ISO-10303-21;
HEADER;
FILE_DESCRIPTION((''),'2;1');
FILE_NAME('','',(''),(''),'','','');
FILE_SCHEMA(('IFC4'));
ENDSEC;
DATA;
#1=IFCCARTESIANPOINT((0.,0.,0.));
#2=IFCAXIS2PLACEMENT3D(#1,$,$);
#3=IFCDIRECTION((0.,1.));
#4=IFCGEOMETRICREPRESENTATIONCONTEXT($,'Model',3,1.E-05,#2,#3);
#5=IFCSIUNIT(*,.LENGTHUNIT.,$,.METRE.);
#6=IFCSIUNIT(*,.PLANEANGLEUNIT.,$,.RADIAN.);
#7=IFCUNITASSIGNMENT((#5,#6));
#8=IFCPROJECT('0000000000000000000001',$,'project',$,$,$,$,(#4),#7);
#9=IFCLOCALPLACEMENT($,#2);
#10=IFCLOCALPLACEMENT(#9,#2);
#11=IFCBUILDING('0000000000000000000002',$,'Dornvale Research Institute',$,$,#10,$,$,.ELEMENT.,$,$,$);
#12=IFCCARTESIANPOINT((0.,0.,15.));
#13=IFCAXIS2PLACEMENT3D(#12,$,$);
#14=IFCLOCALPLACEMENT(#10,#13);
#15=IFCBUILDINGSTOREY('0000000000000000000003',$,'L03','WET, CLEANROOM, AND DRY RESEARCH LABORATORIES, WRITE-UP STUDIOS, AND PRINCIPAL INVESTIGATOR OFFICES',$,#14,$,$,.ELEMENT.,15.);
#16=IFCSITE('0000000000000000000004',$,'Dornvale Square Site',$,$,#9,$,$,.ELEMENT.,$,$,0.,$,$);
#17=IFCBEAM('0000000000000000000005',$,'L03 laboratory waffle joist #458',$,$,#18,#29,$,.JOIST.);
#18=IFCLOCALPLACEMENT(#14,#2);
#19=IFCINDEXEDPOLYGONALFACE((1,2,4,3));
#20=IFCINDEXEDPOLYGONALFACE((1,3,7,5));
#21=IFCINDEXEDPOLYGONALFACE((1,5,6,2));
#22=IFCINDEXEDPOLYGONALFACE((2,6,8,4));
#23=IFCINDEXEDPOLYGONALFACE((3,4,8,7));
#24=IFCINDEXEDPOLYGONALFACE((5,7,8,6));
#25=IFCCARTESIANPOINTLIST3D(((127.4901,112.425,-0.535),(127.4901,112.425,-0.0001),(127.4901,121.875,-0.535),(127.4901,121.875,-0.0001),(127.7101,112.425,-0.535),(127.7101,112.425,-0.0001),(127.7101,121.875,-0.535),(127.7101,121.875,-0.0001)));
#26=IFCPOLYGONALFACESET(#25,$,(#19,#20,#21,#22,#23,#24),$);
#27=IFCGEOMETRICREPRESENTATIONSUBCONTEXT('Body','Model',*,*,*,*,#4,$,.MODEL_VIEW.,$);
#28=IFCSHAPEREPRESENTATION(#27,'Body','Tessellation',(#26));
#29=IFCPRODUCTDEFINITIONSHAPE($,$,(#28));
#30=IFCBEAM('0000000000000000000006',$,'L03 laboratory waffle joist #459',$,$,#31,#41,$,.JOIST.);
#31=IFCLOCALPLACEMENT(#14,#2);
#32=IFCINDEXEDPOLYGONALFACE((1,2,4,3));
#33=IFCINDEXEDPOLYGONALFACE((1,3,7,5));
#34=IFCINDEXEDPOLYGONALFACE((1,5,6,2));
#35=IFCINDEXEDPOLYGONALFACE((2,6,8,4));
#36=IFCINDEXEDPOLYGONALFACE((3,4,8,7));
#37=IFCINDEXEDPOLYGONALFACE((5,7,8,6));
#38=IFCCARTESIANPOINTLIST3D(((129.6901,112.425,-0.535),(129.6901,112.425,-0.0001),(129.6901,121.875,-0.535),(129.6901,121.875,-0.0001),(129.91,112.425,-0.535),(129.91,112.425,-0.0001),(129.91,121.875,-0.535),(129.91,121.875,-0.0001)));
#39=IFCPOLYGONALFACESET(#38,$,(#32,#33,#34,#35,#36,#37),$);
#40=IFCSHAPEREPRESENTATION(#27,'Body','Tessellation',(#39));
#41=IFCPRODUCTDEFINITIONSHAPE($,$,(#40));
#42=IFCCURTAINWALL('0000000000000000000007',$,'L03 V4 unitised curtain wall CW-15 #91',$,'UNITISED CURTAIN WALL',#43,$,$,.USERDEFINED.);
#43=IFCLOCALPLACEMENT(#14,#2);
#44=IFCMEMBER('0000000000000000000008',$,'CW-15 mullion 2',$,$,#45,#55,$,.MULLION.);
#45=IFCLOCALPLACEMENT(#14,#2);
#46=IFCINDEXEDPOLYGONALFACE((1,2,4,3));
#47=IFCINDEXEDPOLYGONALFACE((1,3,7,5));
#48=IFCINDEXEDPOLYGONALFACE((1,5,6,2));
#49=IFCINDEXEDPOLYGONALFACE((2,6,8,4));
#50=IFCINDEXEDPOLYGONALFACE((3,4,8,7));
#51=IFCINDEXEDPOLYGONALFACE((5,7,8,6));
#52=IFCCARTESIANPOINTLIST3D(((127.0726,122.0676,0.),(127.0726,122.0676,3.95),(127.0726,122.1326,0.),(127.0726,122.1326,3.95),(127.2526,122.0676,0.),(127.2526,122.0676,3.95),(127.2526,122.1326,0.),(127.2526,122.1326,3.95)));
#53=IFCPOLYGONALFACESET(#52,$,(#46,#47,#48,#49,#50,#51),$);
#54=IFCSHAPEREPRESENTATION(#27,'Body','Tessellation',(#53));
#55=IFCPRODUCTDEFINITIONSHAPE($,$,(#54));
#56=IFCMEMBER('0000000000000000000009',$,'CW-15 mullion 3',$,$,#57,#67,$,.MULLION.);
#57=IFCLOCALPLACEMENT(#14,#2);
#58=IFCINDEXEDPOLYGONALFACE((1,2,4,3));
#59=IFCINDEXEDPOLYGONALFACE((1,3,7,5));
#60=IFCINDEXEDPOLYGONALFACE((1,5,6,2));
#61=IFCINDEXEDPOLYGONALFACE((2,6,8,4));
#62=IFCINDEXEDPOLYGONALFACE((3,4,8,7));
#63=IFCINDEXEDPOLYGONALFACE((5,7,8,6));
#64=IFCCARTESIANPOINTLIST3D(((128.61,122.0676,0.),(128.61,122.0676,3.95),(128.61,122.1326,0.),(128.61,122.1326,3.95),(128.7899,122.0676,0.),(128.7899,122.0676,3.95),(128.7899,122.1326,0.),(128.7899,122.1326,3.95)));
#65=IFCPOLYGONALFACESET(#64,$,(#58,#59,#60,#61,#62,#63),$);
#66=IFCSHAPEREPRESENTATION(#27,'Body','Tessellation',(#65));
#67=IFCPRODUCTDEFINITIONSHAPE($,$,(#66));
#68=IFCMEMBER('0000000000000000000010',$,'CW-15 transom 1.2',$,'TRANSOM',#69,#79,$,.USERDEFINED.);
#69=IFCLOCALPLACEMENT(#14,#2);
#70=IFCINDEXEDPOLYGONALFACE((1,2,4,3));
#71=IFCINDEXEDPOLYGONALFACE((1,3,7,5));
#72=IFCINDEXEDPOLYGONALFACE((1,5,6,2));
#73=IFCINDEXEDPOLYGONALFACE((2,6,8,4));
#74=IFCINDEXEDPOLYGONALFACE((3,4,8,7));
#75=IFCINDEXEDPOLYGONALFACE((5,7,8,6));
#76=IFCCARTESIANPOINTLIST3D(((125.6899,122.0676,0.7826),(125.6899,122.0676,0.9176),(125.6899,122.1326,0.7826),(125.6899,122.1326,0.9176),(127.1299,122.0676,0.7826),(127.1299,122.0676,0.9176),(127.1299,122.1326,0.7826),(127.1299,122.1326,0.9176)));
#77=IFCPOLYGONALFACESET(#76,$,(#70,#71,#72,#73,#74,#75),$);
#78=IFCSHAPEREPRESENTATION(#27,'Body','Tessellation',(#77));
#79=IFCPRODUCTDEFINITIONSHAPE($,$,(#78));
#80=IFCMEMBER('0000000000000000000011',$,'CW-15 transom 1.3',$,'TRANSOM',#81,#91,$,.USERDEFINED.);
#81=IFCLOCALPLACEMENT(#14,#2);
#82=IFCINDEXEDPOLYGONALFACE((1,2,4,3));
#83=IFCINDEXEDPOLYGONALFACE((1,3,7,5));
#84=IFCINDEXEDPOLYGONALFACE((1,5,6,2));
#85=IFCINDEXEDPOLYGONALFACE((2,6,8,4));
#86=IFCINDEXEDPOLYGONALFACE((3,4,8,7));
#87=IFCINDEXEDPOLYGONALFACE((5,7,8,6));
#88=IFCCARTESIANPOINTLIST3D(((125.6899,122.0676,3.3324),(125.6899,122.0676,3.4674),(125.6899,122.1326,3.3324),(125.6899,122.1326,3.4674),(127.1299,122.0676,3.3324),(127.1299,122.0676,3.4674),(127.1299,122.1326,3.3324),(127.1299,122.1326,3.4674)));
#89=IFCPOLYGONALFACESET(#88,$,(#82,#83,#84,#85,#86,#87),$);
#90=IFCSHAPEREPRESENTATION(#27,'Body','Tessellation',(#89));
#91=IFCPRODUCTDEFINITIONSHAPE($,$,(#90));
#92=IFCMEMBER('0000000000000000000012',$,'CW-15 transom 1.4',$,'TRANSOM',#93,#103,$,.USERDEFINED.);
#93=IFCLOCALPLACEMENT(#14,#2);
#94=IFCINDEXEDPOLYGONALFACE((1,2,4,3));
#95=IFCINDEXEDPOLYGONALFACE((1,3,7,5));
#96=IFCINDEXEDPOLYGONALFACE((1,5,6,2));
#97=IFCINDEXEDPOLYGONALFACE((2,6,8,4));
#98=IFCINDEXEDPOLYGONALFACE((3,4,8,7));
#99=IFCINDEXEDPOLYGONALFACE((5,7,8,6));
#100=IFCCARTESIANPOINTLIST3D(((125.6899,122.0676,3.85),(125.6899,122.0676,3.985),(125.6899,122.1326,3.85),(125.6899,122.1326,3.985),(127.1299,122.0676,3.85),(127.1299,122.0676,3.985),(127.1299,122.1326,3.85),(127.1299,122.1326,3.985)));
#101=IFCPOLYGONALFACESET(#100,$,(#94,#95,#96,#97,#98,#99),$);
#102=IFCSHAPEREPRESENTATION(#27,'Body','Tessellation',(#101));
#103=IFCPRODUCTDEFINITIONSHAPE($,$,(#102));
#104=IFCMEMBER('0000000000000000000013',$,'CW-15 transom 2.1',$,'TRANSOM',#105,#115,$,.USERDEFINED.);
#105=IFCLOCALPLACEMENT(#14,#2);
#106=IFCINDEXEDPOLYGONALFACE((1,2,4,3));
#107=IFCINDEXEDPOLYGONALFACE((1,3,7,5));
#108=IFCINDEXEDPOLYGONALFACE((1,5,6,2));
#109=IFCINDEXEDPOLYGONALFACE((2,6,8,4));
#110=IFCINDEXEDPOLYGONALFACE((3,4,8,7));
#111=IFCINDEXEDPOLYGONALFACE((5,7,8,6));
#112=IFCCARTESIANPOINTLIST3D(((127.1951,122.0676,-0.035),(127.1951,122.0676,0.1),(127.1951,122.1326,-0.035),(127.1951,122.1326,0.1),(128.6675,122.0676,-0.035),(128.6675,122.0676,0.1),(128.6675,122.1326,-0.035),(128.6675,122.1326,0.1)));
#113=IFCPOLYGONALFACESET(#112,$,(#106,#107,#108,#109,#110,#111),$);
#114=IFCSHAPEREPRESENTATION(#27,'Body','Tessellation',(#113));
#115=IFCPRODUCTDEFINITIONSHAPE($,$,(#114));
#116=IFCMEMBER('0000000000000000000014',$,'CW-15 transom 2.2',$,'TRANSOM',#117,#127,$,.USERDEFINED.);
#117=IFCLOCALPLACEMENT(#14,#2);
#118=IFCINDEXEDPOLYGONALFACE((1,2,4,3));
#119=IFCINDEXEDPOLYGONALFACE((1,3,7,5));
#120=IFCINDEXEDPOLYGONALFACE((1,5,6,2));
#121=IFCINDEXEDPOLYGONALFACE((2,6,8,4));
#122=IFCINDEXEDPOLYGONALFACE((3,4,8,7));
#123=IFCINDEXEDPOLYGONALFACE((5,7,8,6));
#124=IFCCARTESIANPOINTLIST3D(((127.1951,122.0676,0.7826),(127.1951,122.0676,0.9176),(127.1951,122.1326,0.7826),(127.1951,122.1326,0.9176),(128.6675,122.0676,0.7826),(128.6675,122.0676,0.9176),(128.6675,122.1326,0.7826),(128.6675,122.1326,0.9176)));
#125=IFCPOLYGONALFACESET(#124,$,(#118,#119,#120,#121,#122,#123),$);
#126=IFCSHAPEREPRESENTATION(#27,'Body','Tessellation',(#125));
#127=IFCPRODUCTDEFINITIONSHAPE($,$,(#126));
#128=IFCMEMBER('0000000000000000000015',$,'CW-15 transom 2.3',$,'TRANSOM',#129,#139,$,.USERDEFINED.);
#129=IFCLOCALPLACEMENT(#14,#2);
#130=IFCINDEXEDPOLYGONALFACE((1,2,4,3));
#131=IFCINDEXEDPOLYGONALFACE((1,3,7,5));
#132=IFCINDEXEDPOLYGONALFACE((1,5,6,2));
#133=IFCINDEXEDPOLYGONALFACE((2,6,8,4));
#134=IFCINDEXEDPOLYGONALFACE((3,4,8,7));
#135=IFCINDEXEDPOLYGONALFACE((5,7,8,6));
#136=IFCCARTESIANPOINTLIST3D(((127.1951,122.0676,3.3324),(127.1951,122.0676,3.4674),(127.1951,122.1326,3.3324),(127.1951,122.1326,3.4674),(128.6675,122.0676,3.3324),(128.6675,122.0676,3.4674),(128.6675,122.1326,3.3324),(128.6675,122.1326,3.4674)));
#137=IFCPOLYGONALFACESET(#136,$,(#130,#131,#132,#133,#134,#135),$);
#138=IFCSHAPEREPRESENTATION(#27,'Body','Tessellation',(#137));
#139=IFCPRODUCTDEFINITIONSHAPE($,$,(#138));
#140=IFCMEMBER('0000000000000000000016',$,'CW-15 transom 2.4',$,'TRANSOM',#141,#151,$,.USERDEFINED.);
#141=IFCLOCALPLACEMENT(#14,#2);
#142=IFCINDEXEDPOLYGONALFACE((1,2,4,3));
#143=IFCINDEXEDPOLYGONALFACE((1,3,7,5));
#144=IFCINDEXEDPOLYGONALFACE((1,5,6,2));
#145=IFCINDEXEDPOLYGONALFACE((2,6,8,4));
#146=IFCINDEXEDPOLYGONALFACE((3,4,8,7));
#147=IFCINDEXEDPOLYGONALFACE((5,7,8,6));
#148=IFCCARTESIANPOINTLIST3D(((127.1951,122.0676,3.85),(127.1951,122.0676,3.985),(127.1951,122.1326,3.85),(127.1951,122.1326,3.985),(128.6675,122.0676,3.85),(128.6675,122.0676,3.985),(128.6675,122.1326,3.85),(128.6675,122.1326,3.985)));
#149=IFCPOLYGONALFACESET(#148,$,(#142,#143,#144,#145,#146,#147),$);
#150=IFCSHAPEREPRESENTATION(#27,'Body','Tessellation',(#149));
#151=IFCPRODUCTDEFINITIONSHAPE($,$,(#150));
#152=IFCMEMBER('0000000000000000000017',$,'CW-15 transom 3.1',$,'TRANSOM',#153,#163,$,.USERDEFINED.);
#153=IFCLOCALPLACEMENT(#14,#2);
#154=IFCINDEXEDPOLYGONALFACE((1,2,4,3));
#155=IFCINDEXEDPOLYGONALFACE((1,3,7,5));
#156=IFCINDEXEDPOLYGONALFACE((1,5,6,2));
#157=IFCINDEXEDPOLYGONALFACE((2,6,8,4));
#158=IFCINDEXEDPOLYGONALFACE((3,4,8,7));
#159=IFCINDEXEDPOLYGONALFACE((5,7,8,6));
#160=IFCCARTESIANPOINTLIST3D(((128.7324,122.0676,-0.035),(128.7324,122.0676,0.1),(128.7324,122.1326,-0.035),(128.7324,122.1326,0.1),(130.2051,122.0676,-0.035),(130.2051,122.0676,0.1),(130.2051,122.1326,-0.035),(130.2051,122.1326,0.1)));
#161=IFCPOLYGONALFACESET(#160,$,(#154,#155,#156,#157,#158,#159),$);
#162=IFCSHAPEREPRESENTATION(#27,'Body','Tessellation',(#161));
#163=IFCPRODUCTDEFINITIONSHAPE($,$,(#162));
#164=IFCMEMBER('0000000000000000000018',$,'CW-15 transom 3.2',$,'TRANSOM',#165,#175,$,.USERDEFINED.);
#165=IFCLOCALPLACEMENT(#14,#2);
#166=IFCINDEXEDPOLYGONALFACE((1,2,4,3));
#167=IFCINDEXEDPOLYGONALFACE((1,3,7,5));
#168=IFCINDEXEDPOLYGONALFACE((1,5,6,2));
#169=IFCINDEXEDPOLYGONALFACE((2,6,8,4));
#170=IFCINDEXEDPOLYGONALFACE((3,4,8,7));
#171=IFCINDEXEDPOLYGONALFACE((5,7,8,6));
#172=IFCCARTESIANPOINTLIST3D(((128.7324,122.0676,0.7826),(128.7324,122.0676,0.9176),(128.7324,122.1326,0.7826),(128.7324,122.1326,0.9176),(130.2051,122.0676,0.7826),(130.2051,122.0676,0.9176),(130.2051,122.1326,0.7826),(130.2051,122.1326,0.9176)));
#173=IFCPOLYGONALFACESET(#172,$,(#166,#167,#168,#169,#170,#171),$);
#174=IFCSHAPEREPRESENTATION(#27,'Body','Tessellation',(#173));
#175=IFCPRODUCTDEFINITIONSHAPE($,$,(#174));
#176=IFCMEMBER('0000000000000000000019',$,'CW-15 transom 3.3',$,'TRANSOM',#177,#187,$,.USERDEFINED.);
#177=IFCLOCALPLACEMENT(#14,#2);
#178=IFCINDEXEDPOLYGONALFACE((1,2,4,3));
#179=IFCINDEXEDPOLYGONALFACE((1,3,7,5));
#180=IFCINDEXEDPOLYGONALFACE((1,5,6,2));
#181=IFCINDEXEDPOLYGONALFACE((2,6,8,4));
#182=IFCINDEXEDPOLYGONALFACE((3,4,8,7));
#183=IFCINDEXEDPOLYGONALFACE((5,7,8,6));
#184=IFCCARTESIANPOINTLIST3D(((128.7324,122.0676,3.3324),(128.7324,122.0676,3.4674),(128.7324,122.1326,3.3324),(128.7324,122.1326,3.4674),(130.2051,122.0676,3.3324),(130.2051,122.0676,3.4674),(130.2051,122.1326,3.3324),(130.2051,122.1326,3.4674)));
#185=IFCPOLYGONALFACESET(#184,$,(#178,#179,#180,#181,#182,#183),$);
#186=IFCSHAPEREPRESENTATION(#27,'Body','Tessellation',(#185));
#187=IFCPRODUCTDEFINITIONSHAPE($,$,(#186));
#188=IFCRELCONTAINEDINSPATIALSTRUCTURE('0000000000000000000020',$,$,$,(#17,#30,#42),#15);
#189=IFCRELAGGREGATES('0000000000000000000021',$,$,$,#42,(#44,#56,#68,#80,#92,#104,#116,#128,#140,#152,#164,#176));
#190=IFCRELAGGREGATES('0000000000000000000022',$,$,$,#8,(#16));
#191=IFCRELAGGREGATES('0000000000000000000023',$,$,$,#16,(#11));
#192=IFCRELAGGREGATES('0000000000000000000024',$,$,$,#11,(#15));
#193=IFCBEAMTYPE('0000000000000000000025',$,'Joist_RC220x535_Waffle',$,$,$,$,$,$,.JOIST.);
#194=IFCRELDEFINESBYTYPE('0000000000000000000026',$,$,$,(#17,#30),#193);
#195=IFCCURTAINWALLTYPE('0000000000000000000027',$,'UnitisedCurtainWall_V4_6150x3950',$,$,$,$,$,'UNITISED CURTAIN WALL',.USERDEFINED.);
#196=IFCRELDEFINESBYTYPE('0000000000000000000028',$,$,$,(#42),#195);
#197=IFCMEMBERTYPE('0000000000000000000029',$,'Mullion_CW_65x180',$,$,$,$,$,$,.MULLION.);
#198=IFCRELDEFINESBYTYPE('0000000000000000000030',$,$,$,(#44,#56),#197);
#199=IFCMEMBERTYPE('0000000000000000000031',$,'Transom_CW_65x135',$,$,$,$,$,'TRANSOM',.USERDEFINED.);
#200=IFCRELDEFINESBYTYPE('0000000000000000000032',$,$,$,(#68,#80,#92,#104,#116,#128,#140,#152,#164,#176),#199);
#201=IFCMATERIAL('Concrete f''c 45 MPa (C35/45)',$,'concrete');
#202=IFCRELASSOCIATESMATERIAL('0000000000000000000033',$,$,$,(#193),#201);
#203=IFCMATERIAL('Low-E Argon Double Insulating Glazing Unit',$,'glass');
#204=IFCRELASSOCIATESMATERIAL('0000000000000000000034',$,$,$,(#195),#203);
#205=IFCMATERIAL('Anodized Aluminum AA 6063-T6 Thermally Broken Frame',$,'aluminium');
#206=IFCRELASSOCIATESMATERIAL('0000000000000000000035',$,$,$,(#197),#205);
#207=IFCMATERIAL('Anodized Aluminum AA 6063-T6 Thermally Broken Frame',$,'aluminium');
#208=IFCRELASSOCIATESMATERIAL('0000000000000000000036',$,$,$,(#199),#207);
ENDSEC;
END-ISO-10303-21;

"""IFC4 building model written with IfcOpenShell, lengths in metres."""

from ifc_helpers import new_model, si_unit, direction, frame, origin, origin_2d, place, context, subcontext, project, spatial, rectangle, extrude, material, material_profile, profile_set, type_object, element, aggregate, save


model = new_model("IFC4")

# Units and contexts
model_context = context("Model", 3, precision=1e-05, world=origin(), true_north=direction((0.0, 1.0)))
body_context = subcontext(model_context, "Body", "Model", "MODEL_VIEW")
ifc_project = project(units=[si_unit("LENGTHUNIT", "METRE"), si_unit("PLANEANGLEUNIT", "RADIAN")], contexts=[model_context])

# Site, building, storey
site_placement = place(None, origin())
site = spatial("IfcSite", under=ifc_project, at=site_placement, Name="Dornvale Square Site", CompositionType="ELEMENT", RefElevation=0.0)
building_placement = place(site_placement, origin())
building = spatial("IfcBuilding", under=site, at=building_placement, Name="Dornvale Research Institute", CompositionType="ELEMENT")
storey_placement = place(building_placement, frame((0.0, 0.0, 15.0)))
storey = spatial("IfcBuildingStorey", under=building, at=storey_placement, Name="L03", Description="WET, CLEANROOM, AND DRY RESEARCH LABORATORIES, WRITE-UP STUDIOS, AND PRINCIPAL INVESTIGATOR OFFICES", CompositionType="ELEMENT", Elevation=15.0)

# Beams
ifc_material_1 = material(Name="Concrete f'c 45 MPa (C35/45)", Category="concrete")
ifc_material_profile_1 = material_profile(ifc_material_1, rectangle(XDim=0.22, YDim=0.5349, at=origin_2d()), Name="RC 220x535")
ifc_profile_set_1 = profile_set([ifc_material_profile_1], Name="Concrete f'c 45 MPa (C35/45)")
beam_type = type_object("IfcBeamType", Name="Joist_RC220x535_Waffle", PredefinedType="JOIST", material=ifc_profile_set_1)
for number, where, z_axis, x_axis, name in (
    (1, (127.6001, 112.425, -0.2676), (0.0, 1.0, 0.0), (-1.0, 0.0, 0.0), "L03 laboratory waffle joist #458"),
    (2, (129.8, 112.425, -0.2676), (0.0, 1.0, 0.0), (-1.0, 0.0, 0.0), "L03 laboratory waffle joist #459"),
):
    element("IfcBeam", number, at=place(storey_placement, frame(where, z_axis=z_axis, x_axis=x_axis)), inside=storey, type_object=beam_type, Name=name, PredefinedType="JOIST", context=body_context, shape_type="SweptSolid", body=[
        extrude(rectangle(XDim=0.22, YDim=0.5349, at=origin_2d()), origin(), (0.0, 0.0, 1.0), 9.45),
    ])

# Curtain wall, members
ifc_material_2 = material(Name="Low-E Argon Double Insulating Glazing Unit", Category="glass")
curtain_wall_type = type_object("IfcCurtainWallType", Name="UnitisedCurtainWall_V4_6150x3950", ElementType="UNITISED CURTAIN WALL", PredefinedType="USERDEFINED", material=ifc_material_2)
curtain_wall_placement = place(storey_placement, origin())
curtain_wall = element("IfcCurtainWall", 3, at=curtain_wall_placement, inside=storey, type_object=curtain_wall_type, Name="L03 V4 unitised curtain wall CW-15 #91", ObjectType="UNITISED CURTAIN WALL", PredefinedType="USERDEFINED")
ifc_material_3 = material(Name="Anodized Aluminum AA 6063-T6 Thermally Broken Frame", Category="aluminium")
ifc_material_profile_2 = material_profile(ifc_material_3, rectangle(XDim=0.0649, YDim=0.1799, at=origin_2d()), Name="ALU MULLION 65x180")
ifc_profile_set_2 = profile_set([ifc_material_profile_2], Name="Anodized Aluminum AA 6063-T6 Thermally Broken Frame")
member_type_1 = type_object("IfcMemberType", Name="Mullion_CW_65x180", PredefinedType="MULLION", material=ifc_profile_set_2)
member_1_placement = place(storey_placement, frame((127.1626, 122.1001, 0.0), z_axis=(0.0, 0.0, 1.0), x_axis=(0.0, 1.0, 0.0)))
member_1 = element("IfcMember", 4, at=member_1_placement, type_object=member_type_1, Name="CW-15 mullion 2", PredefinedType="MULLION", context=body_context, shape_type="SweptSolid", body=[
    extrude(rectangle(XDim=0.0649, YDim=0.1799, at=origin_2d()), origin(), (0.0, 0.0, 1.0), 3.95),
])
member_2_placement = place(storey_placement, frame((128.7, 122.1001, 0.0), z_axis=(0.0, 0.0, 1.0), x_axis=(0.0, 1.0, 0.0)))
member_2 = element("IfcMember", 5, at=member_2_placement, type_object=member_type_1, Name="CW-15 mullion 3", PredefinedType="MULLION", context=body_context, shape_type="SweptSolid", body=[
    extrude(rectangle(XDim=0.0649, YDim=0.1799, at=origin_2d()), origin(), (0.0, 0.0, 1.0), 3.95),
])
ifc_material_4 = material(Name="Anodized Aluminum AA 6063-T6 Thermally Broken Frame", Category="aluminium")
ifc_material_profile_3 = material_profile(ifc_material_4, rectangle(XDim=0.0649, YDim=0.135, at=origin_2d()), Name="ALU TRANSOM 65x135")
ifc_profile_set_3 = profile_set([ifc_material_profile_3], Name="Anodized Aluminum AA 6063-T6 Thermally Broken Frame")
member_type_2 = type_object("IfcMemberType", Name="Transom_CW_65x135", ElementType="TRANSOM", PredefinedType="USERDEFINED", material=ifc_profile_set_3)
member_3_placement = place(storey_placement, frame((125.6899, 122.1001, 0.8501), z_axis=(1.0, 0.0, 0.0), x_axis=(0.0, 1.0, 0.0)))
member_3 = element("IfcMember", 6, at=member_3_placement, type_object=member_type_2, Name="CW-15 transom 1.2", ObjectType="TRANSOM", PredefinedType="USERDEFINED", context=body_context, shape_type="SweptSolid", body=[
    extrude(rectangle(XDim=0.0649, YDim=0.135, at=origin_2d()), origin(), (0.0, 0.0, 1.0), 1.4399),
])
member_4_placement = place(storey_placement, frame((125.6899, 122.1001, 3.3999), z_axis=(1.0, 0.0, 0.0), x_axis=(0.0, 1.0, 0.0)))
member_4 = element("IfcMember", 7, at=member_4_placement, type_object=member_type_2, Name="CW-15 transom 1.3", ObjectType="TRANSOM", PredefinedType="USERDEFINED", context=body_context, shape_type="SweptSolid", body=[
    extrude(rectangle(XDim=0.0649, YDim=0.135, at=origin_2d()), origin(), (0.0, 0.0, 1.0), 1.4399),
])
member_5_placement = place(storey_placement, frame((125.6899, 122.1001, 3.9175), z_axis=(1.0, 0.0, 0.0), x_axis=(0.0, 1.0, 0.0)))
member_5 = element("IfcMember", 8, at=member_5_placement, type_object=member_type_2, Name="CW-15 transom 1.4", ObjectType="TRANSOM", PredefinedType="USERDEFINED", context=body_context, shape_type="SweptSolid", body=[
    extrude(rectangle(XDim=0.0649, YDim=0.135, at=origin_2d()), origin(), (0.0, 0.0, 1.0), 1.4399),
])
member_6_placement = place(storey_placement, frame((127.1951, 122.1001, 0.0325), z_axis=(1.0, 0.0, 0.0), x_axis=(0.0, 1.0, 0.0)))
member_6 = element("IfcMember", 9, at=member_6_placement, type_object=member_type_2, Name="CW-15 transom 2.1", ObjectType="TRANSOM", PredefinedType="USERDEFINED", context=body_context, shape_type="SweptSolid", body=[
    extrude(rectangle(XDim=0.0649, YDim=0.135, at=origin_2d()), origin(), (0.0, 0.0, 1.0), 1.4724),
])
member_7_placement = place(storey_placement, frame((127.1951, 122.1001, 0.8501), z_axis=(1.0, 0.0, 0.0), x_axis=(0.0, 1.0, 0.0)))
member_7 = element("IfcMember", 10, at=member_7_placement, type_object=member_type_2, Name="CW-15 transom 2.2", ObjectType="TRANSOM", PredefinedType="USERDEFINED", context=body_context, shape_type="SweptSolid", body=[
    extrude(rectangle(XDim=0.0649, YDim=0.135, at=origin_2d()), origin(), (0.0, 0.0, 1.0), 1.4724),
])
member_8_placement = place(storey_placement, frame((127.1951, 122.1001, 3.3999), z_axis=(1.0, 0.0, 0.0), x_axis=(0.0, 1.0, 0.0)))
member_8 = element("IfcMember", 11, at=member_8_placement, type_object=member_type_2, Name="CW-15 transom 2.3", ObjectType="TRANSOM", PredefinedType="USERDEFINED", context=body_context, shape_type="SweptSolid", body=[
    extrude(rectangle(XDim=0.0649, YDim=0.135, at=origin_2d()), origin(), (0.0, 0.0, 1.0), 1.4724),
])
member_9_placement = place(storey_placement, frame((127.1951, 122.1001, 3.9175), z_axis=(1.0, 0.0, 0.0), x_axis=(0.0, 1.0, 0.0)))
member_9 = element("IfcMember", 12, at=member_9_placement, type_object=member_type_2, Name="CW-15 transom 2.4", ObjectType="TRANSOM", PredefinedType="USERDEFINED", context=body_context, shape_type="SweptSolid", body=[
    extrude(rectangle(XDim=0.0649, YDim=0.135, at=origin_2d()), origin(), (0.0, 0.0, 1.0), 1.4724),
])
member_10_placement = place(storey_placement, frame((128.7324, 122.1001, 0.0325), z_axis=(1.0, 0.0, 0.0), x_axis=(0.0, 1.0, 0.0)))
member_10 = element("IfcMember", 13, at=member_10_placement, type_object=member_type_2, Name="CW-15 transom 3.1", ObjectType="TRANSOM", PredefinedType="USERDEFINED", context=body_context, shape_type="SweptSolid", body=[
    extrude(rectangle(XDim=0.0649, YDim=0.135, at=origin_2d()), origin(), (0.0, 0.0, 1.0), 1.4727),
])
member_11_placement = place(storey_placement, frame((128.7324, 122.1001, 0.8501), z_axis=(1.0, 0.0, 0.0), x_axis=(0.0, 1.0, 0.0)))
member_11 = element("IfcMember", 14, at=member_11_placement, type_object=member_type_2, Name="CW-15 transom 3.2", ObjectType="TRANSOM", PredefinedType="USERDEFINED", context=body_context, shape_type="SweptSolid", body=[
    extrude(rectangle(XDim=0.0649, YDim=0.135, at=origin_2d()), origin(), (0.0, 0.0, 1.0), 1.4727),
])
member_12_placement = place(storey_placement, frame((128.7324, 122.1001, 3.3999), z_axis=(1.0, 0.0, 0.0), x_axis=(0.0, 1.0, 0.0)))
member_12 = element("IfcMember", 15, at=member_12_placement, type_object=member_type_2, Name="CW-15 transom 3.3", ObjectType="TRANSOM", PredefinedType="USERDEFINED", context=body_context, shape_type="SweptSolid", body=[
    extrude(rectangle(XDim=0.0649, YDim=0.135, at=origin_2d()), origin(), (0.0, 0.0, 1.0), 1.4727),
])
aggregate(curtain_wall, [member_1, member_2, member_3, member_4, member_5, member_6, member_7, member_8, member_9, member_10, member_11, member_12])

save(model, "model.ifc")
